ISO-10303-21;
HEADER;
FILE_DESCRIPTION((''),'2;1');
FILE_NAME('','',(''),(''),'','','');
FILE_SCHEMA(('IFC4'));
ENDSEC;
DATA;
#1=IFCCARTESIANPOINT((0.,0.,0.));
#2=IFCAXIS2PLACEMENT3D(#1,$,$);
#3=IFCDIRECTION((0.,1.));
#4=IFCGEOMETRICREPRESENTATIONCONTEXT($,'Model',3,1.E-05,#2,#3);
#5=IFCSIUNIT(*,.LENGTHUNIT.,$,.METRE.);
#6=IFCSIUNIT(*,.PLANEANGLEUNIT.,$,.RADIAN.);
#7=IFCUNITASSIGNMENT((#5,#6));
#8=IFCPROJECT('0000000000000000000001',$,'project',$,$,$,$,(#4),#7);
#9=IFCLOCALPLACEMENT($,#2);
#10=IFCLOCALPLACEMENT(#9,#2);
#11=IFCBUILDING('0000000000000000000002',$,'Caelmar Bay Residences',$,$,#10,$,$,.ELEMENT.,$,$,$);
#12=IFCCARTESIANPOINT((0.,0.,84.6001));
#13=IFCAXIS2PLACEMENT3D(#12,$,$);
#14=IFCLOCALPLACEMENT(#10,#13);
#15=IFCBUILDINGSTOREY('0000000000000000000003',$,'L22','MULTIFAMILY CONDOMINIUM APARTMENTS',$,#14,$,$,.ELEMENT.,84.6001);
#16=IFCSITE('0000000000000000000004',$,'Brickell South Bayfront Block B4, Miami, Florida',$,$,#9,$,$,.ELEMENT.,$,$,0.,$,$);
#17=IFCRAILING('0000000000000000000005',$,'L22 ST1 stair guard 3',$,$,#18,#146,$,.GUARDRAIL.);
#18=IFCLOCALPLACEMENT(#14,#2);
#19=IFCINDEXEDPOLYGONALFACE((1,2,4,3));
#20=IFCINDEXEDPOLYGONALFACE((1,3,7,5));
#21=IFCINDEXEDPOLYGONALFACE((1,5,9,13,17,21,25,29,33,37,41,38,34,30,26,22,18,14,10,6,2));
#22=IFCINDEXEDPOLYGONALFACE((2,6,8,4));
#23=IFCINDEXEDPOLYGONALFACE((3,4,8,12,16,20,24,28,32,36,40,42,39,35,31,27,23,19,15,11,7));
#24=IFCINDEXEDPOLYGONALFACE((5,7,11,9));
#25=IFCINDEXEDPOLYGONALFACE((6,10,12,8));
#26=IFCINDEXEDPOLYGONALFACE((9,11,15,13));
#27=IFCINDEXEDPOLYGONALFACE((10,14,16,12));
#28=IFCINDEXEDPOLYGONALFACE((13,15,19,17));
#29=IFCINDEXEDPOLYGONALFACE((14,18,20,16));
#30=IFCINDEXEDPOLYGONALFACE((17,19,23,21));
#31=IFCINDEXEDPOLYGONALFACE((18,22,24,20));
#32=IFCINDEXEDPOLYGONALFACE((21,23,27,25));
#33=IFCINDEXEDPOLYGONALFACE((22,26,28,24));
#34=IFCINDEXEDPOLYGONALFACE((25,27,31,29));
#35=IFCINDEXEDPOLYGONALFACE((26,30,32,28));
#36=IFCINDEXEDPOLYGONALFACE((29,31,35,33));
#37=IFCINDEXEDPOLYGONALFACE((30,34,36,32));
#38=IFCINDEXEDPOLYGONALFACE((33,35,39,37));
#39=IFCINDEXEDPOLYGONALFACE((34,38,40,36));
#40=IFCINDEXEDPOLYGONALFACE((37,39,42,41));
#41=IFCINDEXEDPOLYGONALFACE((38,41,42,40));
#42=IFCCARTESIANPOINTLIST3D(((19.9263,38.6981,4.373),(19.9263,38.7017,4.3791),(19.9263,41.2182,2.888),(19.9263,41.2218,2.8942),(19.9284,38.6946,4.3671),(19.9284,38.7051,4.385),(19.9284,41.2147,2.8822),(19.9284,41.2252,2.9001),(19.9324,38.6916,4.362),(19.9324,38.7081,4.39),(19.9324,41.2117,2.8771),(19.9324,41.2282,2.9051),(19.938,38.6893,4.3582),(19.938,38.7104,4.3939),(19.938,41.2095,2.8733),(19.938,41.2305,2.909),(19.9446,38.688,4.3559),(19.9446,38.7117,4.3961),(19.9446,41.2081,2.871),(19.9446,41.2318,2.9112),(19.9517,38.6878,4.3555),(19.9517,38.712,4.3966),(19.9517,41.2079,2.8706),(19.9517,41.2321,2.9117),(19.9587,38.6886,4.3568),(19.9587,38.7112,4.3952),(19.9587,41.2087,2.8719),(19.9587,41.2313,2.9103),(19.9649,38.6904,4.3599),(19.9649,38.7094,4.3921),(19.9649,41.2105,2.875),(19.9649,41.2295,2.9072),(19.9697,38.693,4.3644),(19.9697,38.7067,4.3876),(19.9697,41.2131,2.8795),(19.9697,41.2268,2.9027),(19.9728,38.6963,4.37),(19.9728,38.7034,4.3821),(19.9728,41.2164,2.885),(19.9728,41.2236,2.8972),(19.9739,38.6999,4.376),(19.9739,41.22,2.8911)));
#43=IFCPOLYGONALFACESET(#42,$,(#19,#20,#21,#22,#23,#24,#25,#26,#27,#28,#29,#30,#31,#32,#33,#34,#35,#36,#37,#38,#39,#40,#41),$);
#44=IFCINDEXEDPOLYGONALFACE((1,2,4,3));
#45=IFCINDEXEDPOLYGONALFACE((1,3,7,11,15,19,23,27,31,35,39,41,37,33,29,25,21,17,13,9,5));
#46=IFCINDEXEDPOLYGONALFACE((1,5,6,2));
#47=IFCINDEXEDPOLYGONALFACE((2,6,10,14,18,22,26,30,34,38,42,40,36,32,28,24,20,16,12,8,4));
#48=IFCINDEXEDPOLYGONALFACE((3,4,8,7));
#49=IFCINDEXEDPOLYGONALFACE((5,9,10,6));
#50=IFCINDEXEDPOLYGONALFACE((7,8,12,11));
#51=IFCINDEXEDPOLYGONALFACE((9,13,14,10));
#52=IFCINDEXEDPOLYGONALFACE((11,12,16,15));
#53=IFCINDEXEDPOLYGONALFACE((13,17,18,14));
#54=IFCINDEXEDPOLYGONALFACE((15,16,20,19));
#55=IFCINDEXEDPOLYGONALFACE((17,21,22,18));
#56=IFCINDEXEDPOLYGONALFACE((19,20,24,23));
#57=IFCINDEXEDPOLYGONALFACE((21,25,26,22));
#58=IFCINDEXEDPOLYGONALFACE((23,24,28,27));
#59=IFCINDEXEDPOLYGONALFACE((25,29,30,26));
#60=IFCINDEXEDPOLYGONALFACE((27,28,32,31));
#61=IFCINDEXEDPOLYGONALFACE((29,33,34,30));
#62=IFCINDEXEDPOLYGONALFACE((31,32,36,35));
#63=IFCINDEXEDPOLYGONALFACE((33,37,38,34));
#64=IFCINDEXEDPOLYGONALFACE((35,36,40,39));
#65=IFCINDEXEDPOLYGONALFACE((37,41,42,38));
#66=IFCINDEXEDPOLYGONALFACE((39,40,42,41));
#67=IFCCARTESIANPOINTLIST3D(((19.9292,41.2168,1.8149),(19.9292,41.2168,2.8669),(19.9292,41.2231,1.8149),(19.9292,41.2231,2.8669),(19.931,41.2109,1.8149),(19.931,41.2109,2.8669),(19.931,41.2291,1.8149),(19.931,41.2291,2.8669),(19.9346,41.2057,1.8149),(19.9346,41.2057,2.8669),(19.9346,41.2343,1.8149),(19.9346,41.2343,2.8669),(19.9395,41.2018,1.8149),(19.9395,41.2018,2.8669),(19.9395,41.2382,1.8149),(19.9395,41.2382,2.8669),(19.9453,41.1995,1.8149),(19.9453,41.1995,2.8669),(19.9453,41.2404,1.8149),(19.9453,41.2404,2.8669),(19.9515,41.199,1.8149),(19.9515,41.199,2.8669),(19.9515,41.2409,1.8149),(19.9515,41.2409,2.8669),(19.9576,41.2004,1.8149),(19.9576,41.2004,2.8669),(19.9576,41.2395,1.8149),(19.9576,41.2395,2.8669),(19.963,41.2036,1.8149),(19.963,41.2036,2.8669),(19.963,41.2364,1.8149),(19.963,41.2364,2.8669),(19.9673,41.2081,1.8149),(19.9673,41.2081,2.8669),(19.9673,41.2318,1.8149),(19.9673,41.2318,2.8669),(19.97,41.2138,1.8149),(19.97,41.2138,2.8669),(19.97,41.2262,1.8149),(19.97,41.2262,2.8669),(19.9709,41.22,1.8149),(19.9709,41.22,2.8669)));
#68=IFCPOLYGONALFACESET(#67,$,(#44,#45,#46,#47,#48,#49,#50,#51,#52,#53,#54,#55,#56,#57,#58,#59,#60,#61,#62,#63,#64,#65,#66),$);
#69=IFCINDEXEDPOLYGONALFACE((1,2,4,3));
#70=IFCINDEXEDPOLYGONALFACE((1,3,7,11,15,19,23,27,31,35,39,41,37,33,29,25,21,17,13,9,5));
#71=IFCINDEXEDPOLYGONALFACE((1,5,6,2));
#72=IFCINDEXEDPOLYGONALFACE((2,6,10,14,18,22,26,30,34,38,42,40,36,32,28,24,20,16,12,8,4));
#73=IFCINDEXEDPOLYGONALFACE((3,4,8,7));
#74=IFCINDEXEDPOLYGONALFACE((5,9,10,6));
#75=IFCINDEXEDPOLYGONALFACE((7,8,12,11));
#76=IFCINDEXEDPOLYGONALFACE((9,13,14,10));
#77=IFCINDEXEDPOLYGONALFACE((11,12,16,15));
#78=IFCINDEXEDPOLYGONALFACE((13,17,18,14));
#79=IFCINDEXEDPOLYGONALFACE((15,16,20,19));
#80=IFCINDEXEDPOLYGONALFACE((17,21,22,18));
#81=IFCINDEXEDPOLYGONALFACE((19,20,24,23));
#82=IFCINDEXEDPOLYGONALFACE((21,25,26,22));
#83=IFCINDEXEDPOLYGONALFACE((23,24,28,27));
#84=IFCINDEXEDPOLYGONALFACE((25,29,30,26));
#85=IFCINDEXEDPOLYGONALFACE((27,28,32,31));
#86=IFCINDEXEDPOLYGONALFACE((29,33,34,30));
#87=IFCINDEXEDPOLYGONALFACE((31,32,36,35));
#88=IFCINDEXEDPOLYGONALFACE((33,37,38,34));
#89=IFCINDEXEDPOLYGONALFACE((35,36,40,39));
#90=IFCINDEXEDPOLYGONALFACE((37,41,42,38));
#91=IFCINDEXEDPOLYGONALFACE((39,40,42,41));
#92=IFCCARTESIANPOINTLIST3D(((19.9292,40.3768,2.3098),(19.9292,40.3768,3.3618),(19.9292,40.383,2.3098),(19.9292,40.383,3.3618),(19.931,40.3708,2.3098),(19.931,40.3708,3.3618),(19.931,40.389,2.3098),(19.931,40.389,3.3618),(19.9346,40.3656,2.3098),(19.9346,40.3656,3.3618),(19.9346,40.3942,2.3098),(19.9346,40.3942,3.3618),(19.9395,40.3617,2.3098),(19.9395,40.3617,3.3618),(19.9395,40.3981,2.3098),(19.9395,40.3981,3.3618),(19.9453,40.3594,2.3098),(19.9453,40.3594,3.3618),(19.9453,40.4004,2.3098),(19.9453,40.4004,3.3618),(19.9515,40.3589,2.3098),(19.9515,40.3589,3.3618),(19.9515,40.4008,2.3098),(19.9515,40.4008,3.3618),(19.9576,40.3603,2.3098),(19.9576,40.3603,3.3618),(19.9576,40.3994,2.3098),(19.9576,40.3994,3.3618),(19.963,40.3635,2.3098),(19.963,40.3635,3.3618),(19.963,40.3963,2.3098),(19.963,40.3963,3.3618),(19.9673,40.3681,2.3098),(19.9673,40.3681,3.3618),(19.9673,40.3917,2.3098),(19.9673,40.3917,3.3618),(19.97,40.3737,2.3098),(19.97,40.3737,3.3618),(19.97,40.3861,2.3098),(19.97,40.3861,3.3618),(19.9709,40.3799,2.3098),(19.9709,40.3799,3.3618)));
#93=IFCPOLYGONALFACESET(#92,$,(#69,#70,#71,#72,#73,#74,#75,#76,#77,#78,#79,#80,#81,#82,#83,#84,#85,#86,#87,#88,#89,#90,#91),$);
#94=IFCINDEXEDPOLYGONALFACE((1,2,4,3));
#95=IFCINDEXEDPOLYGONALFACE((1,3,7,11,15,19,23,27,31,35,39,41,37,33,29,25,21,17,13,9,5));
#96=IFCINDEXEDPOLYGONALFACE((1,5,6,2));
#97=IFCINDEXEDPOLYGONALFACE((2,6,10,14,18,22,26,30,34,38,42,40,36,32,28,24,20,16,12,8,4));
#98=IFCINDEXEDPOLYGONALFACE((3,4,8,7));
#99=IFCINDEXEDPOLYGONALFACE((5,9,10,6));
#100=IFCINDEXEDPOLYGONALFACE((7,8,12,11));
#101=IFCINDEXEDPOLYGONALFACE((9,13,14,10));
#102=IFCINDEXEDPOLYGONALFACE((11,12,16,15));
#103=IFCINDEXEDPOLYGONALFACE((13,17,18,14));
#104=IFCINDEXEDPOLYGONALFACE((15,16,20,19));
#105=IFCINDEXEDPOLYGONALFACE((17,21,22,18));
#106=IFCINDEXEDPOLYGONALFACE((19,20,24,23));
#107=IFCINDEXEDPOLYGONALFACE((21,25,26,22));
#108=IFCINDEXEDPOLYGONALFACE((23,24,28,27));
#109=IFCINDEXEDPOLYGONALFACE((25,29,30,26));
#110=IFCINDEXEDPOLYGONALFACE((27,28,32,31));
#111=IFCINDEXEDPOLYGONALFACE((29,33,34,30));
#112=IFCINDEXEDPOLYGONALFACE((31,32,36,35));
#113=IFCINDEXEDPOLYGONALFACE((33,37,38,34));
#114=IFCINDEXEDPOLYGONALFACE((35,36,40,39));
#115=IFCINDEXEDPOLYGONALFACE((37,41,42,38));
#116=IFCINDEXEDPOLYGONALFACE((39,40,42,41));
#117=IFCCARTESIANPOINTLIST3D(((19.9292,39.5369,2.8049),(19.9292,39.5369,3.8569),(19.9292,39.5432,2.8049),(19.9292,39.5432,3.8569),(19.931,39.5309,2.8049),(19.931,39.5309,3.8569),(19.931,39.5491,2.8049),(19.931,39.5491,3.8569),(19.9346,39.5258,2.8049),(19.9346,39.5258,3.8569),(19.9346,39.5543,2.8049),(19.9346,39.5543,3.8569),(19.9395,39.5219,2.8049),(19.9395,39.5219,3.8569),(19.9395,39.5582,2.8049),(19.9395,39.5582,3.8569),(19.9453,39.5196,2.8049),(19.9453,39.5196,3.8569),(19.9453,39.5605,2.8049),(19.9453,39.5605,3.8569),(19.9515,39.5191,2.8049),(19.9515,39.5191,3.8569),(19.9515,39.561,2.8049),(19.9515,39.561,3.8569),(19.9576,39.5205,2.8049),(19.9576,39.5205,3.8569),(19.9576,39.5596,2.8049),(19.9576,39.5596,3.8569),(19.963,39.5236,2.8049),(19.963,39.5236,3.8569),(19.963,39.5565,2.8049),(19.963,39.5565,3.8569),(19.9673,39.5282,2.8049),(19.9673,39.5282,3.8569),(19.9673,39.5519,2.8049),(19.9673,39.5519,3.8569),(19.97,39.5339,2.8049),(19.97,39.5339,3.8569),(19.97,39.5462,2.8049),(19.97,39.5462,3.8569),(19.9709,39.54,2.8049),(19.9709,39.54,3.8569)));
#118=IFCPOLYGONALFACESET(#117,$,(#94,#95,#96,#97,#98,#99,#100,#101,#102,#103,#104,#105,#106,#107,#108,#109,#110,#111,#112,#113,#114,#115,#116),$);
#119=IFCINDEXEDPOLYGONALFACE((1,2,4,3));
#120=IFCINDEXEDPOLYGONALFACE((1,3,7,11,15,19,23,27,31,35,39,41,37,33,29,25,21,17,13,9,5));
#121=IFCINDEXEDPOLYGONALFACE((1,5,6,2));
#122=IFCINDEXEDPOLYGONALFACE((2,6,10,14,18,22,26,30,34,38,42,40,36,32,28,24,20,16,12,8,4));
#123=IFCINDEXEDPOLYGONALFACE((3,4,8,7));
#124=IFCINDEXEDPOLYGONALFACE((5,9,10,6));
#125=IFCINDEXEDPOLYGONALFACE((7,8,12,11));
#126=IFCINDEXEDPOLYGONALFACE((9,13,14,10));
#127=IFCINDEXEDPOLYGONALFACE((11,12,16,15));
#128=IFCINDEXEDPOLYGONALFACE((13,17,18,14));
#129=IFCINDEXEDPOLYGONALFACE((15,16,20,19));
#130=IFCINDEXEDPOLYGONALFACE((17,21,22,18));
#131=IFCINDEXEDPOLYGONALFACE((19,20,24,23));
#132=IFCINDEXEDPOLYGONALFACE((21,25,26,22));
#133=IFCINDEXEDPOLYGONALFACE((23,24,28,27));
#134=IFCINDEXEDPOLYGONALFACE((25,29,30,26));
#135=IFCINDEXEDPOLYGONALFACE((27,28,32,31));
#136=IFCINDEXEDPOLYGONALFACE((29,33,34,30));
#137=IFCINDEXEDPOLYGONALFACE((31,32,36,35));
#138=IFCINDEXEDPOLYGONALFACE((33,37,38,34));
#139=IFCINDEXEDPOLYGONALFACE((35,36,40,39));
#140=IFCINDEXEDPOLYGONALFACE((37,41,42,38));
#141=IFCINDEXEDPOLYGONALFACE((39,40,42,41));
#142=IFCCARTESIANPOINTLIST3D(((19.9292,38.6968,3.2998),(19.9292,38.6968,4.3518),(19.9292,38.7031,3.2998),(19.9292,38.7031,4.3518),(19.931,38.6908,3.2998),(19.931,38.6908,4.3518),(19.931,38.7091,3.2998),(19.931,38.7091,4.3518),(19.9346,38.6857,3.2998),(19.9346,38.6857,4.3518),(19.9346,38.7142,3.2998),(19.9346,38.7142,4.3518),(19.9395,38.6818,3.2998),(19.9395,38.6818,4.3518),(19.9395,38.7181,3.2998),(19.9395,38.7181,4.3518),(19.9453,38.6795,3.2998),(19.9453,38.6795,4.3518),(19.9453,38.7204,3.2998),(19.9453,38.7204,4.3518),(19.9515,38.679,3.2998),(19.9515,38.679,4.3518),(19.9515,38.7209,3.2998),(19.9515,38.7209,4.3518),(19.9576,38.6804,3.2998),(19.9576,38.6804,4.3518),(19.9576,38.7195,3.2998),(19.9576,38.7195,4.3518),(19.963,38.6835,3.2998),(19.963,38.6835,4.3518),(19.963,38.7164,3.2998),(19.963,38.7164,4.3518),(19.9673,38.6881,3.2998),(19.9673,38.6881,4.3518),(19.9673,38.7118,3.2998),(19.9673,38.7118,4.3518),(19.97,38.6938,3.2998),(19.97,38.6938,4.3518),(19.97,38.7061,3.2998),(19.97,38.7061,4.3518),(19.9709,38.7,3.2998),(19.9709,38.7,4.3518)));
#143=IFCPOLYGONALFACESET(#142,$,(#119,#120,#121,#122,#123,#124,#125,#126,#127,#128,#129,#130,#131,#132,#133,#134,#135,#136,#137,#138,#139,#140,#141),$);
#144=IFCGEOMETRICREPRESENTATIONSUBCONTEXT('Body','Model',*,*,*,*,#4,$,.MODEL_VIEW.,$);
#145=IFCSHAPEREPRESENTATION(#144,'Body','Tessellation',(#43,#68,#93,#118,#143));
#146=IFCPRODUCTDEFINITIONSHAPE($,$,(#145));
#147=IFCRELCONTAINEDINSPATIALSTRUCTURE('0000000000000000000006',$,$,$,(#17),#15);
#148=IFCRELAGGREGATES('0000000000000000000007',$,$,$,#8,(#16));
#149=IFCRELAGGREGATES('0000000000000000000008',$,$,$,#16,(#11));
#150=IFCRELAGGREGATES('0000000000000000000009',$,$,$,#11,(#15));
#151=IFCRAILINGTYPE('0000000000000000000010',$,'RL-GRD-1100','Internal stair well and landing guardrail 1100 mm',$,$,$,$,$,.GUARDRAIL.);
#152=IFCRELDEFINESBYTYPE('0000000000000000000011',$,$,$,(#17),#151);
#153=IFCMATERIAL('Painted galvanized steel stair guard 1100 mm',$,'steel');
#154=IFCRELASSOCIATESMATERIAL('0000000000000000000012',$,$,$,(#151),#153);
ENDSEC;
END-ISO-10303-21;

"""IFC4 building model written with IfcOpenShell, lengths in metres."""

from ifc_helpers import new_model, si_unit, direction, frame, origin, origin_2d, place, context, subcontext, project, spatial, circle, extrude, material, type_object, element, save


model = new_model("IFC4")

# Units and contexts
model_context = context("Model", 3, precision=1e-05, world=origin(), true_north=direction((0.0, 1.0)))
body_context = subcontext(model_context, "Body", "Model", "MODEL_VIEW")
ifc_project = project(units=[si_unit("LENGTHUNIT", "METRE"), si_unit("PLANEANGLEUNIT", "RADIAN")], contexts=[model_context])

# Site, building, storey
site_placement = place(None, origin())
site = spatial("IfcSite", under=ifc_project, at=site_placement, Name="Brickell South Bayfront Block B4, Miami, Florida", CompositionType="ELEMENT", RefElevation=0.0)
building_placement = place(site_placement, origin())
building = spatial("IfcBuilding", under=site, at=building_placement, Name="Caelmar Bay Residences", CompositionType="ELEMENT")
storey_placement = place(building_placement, frame((0.0, 0.0, 84.6001)))
storey = spatial("IfcBuildingStorey", under=building, at=storey_placement, Name="L22", Description="MULTIFAMILY CONDOMINIUM APARTMENTS", CompositionType="ELEMENT", Elevation=84.6001)

# Railing
ifc_material_1 = material(Name="Painted galvanized steel stair guard 1100 mm", Category="steel")
railing_type_1 = type_object("IfcRailingType", Name="RL-GRD-1100", Description="Internal stair well and landing guardrail 1100 mm", PredefinedType="GUARDRAIL", material=ifc_material_1)
railing_1_placement = place(storey_placement, frame((19.95, 41.22, 1.8149)))
element("IfcRailing", 1, at=railing_1_placement, inside=storey, type_object=railing_type_1, Name="L22 ST1 stair guard 3", PredefinedType="GUARDRAIL", context=body_context, shape_type="SweptSolid", body=[
    extrude(circle(Radius=0.0239, at=origin_2d()), frame((0.0, 0.0, 1.0762), z_axis=(0.0, -0.861561, 0.507655), x_axis=(1.0, 0.0, 0.0)), (0.0, 0.0, 1.0), 2.925),
    extrude(circle(Radius=0.021, at=origin_2d()), origin(), (0.0, 0.0, 1.0), 1.052),
    extrude(circle(Radius=0.021, at=origin_2d()), frame((0.0, -0.8401, 0.4949)), (0.0, 0.0, 1.0), 1.052),
    extrude(circle(Radius=0.021, at=origin_2d()), frame((0.0, -1.6799, 0.99)), (0.0, 0.0, 1.0), 1.052),
    extrude(circle(Radius=0.021, at=origin_2d()), frame((0.0, -2.52, 1.4849)), (0.0, 0.0, 1.0), 1.052),
])

save(model, "model.ifc")
